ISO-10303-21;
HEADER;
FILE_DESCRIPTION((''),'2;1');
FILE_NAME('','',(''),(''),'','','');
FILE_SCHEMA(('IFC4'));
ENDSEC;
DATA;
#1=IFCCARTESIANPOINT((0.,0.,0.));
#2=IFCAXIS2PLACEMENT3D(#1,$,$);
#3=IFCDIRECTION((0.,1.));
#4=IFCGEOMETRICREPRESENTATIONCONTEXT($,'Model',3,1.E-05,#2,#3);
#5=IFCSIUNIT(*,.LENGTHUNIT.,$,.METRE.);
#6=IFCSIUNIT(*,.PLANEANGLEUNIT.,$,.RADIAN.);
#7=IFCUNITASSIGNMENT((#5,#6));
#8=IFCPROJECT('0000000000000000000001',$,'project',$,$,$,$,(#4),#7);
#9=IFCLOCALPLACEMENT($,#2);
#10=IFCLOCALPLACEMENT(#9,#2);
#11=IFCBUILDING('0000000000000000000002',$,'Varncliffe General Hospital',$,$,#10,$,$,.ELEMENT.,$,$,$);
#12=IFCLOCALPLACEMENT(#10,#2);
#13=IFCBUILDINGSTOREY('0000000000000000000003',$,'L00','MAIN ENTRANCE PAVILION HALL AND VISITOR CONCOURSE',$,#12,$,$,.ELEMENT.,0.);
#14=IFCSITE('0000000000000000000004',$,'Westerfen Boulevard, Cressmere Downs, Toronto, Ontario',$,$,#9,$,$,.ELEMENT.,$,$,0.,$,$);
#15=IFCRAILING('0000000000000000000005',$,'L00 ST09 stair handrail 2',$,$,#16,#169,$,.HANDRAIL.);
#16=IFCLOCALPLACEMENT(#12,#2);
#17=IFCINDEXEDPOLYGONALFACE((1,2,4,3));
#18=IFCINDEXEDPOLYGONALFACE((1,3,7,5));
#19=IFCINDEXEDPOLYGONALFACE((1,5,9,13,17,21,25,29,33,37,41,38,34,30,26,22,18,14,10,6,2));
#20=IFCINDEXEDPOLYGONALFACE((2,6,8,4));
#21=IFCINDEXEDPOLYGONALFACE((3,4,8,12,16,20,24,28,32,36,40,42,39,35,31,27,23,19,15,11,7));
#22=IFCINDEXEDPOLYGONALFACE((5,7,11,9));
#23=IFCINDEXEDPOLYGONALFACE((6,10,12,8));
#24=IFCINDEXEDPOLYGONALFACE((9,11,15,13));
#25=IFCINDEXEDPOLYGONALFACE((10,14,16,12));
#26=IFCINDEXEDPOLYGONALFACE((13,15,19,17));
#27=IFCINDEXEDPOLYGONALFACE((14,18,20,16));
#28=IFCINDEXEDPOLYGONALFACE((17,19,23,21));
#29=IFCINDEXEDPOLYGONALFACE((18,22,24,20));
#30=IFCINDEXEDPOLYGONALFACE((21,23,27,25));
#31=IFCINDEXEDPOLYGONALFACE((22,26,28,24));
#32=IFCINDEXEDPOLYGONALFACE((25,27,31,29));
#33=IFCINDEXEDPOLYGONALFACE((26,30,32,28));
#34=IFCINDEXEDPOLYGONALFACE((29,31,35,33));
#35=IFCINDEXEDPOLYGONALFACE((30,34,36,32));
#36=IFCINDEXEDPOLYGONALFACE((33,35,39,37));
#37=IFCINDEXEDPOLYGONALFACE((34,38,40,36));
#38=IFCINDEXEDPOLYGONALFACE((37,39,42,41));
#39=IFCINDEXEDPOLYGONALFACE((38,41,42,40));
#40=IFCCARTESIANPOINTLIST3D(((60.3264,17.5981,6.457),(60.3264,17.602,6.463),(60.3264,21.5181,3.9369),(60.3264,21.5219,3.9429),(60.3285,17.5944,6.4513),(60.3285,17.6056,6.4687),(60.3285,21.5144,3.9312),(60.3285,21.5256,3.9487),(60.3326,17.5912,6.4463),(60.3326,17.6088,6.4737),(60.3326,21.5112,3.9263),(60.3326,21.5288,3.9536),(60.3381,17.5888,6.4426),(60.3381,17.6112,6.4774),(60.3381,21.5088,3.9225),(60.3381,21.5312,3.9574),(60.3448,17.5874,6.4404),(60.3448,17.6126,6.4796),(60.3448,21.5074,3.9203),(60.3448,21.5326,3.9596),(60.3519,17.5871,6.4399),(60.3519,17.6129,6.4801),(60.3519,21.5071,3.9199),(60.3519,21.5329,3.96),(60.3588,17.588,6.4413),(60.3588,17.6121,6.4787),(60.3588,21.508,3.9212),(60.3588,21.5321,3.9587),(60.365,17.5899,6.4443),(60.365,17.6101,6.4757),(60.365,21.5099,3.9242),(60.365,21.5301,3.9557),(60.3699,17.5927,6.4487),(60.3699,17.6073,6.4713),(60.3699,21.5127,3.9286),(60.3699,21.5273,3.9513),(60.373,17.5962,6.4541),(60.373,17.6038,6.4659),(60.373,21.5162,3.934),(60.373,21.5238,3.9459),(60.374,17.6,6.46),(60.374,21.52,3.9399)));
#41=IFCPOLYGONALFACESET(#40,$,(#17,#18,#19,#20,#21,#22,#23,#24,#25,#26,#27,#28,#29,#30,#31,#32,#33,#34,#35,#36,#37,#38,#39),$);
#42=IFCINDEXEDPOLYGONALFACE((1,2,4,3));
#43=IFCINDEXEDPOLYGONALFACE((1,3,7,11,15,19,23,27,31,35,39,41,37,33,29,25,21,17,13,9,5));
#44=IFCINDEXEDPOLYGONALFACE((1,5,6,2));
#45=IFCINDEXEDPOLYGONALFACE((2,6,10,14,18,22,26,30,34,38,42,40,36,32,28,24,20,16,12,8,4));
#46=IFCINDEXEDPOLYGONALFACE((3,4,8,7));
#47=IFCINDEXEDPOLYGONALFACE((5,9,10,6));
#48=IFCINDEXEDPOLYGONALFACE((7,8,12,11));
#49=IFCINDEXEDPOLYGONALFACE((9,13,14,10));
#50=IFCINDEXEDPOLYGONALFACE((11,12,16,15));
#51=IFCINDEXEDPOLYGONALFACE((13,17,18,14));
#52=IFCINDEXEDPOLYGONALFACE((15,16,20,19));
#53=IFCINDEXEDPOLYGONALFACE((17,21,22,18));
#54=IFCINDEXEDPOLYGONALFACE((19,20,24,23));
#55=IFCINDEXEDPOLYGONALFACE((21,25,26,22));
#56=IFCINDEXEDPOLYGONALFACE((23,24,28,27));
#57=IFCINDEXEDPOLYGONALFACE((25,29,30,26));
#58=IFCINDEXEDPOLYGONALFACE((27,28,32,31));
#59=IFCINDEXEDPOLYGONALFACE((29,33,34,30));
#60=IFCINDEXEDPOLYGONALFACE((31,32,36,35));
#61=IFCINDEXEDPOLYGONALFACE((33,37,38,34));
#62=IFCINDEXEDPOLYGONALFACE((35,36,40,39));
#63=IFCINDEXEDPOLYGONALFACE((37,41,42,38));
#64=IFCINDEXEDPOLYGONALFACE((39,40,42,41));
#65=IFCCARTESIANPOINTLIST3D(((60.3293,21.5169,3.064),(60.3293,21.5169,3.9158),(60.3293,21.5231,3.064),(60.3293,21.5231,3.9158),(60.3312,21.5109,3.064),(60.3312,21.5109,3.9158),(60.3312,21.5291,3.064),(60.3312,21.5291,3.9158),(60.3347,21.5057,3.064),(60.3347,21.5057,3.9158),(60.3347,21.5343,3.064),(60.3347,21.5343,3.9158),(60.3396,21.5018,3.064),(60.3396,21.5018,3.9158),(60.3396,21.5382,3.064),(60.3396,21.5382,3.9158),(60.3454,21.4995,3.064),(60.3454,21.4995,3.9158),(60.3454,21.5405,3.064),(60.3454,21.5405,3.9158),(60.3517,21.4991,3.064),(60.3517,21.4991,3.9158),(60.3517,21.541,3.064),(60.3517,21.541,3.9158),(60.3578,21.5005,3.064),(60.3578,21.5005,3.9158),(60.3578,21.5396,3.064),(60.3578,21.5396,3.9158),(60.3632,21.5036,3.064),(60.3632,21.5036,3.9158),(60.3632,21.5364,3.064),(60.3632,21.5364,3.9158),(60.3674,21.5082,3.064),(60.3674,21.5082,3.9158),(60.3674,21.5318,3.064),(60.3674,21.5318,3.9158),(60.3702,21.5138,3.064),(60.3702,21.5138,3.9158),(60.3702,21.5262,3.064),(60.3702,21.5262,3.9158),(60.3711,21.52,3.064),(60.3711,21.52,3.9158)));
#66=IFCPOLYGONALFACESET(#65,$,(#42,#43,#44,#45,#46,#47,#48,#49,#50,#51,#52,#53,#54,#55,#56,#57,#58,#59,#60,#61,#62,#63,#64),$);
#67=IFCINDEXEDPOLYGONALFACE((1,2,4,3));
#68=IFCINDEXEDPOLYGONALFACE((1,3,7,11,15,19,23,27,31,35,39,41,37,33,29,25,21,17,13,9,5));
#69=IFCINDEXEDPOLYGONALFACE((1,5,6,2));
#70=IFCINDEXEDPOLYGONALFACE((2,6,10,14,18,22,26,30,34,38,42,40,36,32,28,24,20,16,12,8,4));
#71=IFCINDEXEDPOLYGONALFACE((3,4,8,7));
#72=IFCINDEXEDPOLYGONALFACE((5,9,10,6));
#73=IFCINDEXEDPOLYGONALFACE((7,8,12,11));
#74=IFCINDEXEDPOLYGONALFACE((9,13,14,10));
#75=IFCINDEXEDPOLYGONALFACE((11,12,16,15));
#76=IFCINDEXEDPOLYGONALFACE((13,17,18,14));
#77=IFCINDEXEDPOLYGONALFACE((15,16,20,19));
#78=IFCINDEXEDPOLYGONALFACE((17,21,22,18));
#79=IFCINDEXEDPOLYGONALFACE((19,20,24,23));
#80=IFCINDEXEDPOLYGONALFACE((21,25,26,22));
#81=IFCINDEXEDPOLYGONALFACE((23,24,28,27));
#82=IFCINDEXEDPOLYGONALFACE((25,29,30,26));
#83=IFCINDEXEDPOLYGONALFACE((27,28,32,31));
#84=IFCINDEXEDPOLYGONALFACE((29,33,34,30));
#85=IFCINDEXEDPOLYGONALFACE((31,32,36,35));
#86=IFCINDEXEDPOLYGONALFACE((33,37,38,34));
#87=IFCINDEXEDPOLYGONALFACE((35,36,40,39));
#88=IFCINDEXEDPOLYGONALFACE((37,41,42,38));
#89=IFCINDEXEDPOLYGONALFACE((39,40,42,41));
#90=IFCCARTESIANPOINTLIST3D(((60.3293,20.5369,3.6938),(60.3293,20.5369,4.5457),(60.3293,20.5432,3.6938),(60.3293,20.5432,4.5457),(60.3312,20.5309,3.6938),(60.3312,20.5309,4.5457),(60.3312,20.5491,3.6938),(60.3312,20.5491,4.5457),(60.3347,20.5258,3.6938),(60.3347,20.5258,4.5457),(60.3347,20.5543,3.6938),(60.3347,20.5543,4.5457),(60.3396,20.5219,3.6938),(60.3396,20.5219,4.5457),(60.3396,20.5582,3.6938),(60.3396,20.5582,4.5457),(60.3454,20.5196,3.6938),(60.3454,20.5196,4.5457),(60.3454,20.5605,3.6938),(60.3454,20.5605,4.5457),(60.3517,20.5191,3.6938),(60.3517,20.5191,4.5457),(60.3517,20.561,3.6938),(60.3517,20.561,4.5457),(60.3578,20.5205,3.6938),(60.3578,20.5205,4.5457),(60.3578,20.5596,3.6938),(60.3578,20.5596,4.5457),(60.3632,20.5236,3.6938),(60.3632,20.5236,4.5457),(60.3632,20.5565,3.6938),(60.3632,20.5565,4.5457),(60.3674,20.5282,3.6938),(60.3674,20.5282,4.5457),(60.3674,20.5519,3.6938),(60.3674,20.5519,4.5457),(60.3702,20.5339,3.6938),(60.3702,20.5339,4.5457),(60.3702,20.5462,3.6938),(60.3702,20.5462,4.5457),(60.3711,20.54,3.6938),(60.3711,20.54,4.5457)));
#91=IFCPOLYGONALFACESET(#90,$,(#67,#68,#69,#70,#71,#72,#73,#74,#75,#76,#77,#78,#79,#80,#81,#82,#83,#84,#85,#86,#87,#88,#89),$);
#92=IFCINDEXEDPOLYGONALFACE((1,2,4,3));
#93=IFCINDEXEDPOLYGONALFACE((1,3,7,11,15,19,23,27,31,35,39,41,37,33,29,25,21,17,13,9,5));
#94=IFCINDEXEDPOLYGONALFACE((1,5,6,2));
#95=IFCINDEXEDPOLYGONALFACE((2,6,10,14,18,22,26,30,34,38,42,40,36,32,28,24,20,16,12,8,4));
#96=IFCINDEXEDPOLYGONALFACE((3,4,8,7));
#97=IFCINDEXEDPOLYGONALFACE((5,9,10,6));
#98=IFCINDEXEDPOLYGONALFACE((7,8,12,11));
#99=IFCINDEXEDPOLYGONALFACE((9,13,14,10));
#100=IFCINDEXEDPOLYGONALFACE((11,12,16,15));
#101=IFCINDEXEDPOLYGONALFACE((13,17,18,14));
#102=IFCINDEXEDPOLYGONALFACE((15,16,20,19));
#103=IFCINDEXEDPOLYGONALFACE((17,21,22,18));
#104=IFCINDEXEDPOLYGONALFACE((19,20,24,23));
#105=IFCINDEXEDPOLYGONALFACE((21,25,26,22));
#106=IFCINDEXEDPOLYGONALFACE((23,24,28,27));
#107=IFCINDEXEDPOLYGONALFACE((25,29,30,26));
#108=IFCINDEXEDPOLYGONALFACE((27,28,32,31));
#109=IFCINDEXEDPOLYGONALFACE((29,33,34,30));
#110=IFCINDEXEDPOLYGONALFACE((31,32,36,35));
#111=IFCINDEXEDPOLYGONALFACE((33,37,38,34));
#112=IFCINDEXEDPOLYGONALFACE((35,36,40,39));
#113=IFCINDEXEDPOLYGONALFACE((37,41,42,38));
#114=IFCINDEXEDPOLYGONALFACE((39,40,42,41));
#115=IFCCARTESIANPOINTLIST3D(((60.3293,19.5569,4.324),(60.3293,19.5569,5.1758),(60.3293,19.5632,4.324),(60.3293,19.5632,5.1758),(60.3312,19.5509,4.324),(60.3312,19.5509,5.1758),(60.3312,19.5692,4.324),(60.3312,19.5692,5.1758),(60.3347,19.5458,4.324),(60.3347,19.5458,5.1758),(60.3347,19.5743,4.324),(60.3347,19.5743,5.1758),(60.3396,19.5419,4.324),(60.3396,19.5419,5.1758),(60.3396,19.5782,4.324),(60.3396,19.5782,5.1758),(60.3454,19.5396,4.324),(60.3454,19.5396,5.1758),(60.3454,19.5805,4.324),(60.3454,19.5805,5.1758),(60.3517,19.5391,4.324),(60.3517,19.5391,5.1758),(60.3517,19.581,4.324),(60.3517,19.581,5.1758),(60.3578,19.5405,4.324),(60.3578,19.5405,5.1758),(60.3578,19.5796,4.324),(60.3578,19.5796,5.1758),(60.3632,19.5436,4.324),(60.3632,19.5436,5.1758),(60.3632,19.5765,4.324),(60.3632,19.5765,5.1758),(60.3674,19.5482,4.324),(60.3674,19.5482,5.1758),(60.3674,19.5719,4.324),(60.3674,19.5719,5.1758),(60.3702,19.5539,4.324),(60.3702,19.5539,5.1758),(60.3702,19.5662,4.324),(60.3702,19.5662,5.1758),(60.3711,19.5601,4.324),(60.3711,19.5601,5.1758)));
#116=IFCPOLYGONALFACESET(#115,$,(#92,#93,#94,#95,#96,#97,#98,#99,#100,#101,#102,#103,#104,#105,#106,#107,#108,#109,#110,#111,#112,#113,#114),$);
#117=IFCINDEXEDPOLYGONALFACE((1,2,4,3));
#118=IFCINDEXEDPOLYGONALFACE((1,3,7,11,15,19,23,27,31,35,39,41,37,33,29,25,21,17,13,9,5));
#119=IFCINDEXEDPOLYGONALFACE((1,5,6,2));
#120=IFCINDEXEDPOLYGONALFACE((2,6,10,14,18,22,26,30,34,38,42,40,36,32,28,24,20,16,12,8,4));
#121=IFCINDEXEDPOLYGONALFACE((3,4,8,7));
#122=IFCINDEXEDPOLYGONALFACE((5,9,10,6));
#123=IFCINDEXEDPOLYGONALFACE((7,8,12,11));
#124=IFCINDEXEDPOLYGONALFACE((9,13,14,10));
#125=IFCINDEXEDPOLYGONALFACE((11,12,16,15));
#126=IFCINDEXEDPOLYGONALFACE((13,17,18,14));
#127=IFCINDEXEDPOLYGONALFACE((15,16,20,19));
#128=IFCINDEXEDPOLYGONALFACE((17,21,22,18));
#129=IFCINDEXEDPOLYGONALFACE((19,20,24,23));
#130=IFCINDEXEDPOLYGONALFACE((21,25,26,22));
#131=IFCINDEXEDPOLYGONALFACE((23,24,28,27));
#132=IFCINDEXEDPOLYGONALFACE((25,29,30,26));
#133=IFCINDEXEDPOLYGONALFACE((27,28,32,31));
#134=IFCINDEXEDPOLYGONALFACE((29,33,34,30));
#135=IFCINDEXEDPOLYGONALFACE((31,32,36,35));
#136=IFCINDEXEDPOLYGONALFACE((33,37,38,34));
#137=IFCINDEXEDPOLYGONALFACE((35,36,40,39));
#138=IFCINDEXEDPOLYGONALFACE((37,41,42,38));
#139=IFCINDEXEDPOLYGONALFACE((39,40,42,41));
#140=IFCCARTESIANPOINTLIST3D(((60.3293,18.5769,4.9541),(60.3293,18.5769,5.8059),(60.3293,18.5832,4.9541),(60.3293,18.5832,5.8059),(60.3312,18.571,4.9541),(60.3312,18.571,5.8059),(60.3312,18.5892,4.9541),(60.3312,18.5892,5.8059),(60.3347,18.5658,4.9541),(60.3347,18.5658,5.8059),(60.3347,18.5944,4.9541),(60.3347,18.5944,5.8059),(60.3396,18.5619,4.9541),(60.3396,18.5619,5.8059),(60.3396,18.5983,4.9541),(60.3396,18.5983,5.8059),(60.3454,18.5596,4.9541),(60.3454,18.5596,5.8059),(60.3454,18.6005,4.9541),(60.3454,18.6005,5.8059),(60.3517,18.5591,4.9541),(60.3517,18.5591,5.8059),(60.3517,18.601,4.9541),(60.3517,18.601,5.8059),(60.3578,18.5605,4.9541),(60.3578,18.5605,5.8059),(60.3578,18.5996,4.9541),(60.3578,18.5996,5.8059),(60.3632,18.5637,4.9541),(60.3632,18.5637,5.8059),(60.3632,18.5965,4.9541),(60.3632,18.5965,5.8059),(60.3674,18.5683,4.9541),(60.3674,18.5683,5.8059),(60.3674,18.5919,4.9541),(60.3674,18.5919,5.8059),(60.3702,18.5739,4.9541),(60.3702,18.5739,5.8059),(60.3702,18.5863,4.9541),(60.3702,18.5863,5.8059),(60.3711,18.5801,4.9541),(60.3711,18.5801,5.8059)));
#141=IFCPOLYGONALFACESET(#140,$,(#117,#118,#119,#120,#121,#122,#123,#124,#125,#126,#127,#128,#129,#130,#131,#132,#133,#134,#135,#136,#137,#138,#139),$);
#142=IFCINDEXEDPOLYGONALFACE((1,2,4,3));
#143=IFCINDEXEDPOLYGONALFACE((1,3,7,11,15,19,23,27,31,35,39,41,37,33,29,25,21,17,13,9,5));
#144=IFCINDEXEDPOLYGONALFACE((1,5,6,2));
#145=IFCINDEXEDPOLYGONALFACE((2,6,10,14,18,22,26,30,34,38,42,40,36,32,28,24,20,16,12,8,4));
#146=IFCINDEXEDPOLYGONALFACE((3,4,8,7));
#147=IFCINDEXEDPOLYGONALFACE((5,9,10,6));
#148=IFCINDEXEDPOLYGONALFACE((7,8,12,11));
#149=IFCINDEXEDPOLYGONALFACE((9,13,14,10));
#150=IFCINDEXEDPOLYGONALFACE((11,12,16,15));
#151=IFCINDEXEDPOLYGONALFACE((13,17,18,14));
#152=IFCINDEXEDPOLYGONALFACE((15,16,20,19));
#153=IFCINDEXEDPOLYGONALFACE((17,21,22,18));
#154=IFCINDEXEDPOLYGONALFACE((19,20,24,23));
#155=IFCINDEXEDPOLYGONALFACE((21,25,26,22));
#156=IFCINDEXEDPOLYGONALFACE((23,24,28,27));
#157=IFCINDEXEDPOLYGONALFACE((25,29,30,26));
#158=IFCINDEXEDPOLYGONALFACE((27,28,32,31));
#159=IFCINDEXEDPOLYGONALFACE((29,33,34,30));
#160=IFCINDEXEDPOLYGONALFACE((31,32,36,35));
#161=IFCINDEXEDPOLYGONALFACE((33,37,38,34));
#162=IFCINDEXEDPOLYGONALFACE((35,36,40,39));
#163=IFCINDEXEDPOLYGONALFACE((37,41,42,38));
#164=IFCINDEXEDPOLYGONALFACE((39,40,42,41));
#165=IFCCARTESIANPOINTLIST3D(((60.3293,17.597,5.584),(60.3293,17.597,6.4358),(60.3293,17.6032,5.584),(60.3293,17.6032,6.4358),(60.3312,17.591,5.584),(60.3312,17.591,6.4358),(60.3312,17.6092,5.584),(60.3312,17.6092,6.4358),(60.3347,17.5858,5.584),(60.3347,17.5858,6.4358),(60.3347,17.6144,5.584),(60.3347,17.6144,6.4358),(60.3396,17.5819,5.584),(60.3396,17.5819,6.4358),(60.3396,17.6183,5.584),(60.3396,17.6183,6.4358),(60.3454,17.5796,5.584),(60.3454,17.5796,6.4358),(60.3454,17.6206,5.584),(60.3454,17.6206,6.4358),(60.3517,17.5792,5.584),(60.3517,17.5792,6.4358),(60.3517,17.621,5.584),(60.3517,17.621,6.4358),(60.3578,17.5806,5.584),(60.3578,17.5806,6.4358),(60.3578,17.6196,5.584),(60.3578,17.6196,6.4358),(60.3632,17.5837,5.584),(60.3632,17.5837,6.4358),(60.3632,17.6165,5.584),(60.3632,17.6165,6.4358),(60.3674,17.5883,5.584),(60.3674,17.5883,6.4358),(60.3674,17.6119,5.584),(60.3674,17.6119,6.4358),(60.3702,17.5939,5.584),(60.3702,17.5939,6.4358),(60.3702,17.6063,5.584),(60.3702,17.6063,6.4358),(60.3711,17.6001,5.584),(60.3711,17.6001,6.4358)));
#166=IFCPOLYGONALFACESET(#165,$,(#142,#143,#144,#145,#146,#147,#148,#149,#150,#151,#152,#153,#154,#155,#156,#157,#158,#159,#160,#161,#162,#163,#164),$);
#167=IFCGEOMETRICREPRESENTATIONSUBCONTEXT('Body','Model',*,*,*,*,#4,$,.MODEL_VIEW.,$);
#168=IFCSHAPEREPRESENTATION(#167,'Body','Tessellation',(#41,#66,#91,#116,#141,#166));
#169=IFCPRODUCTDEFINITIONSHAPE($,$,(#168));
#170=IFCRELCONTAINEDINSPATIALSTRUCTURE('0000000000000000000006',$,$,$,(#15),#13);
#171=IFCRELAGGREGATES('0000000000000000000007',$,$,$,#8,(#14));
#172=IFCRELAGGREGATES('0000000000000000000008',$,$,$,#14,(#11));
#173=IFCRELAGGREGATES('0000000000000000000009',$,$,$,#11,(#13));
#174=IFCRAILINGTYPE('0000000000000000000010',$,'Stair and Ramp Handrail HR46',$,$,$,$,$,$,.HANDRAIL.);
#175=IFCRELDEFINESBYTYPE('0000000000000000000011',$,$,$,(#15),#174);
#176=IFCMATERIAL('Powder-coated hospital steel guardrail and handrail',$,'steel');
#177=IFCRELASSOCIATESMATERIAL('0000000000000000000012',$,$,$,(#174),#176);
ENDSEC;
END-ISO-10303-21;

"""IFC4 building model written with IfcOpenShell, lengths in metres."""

from ifc_helpers import new_model, si_unit, direction, frame, origin, origin_2d, place, context, subcontext, project, spatial, circle, extrude, material, type_object, element, save


model = new_model("IFC4")

# Units and contexts
model_context = context("Model", 3, precision=1e-05, world=origin(), true_north=direction((0.0, 1.0)))
body_context = subcontext(model_context, "Body", "Model", "MODEL_VIEW")
ifc_project = project(units=[si_unit("LENGTHUNIT", "METRE"), si_unit("PLANEANGLEUNIT", "RADIAN")], contexts=[model_context])

# Site, building, storey
site_placement = place(None, origin())
site = spatial("IfcSite", under=ifc_project, at=site_placement, Name="Westerfen Boulevard, Cressmere Downs, Toronto, Ontario", CompositionType="ELEMENT", RefElevation=0.0)
building_placement = place(site_placement, origin())
building = spatial("IfcBuilding", under=site, at=building_placement, Name="Varncliffe General Hospital", CompositionType="ELEMENT")
storey_placement = place(building_placement, origin())
storey = spatial("IfcBuildingStorey", under=building, at=storey_placement, Name="L00", Description="MAIN ENTRANCE PAVILION HALL AND VISITOR CONCOURSE", CompositionType="ELEMENT", Elevation=0.0)

# Railing
ifc_material_1 = material(Name="Powder-coated hospital steel guardrail and handrail", Category="steel")
railing_type_1 = type_object("IfcRailingType", Name="Stair and Ramp Handrail HR46", PredefinedType="HANDRAIL", material=ifc_material_1)
railing_1_placement = place(storey_placement, frame((60.3501, 21.52, 3.064)))
element("IfcRailing", 1, at=railing_1_placement, inside=storey, type_object=railing_type_1, Name="L00 ST09 stair handrail 2", PredefinedType="HANDRAIL", context=body_context, shape_type="SweptSolid", body=[
    extrude(circle(Radius=0.0239, at=origin_2d()), frame((0.0, 0.0, 0.876), z_axis=(0.0, -0.841172, 0.540768), x_axis=(1.0, 0.0, 0.0)), (0.0, 0.0, 1.0), 4.6602),
    extrude(circle(Radius=0.021, at=origin_2d()), origin(), (0.0, 0.0, 1.0), 0.8518),
    extrude(circle(Radius=0.021, at=origin_2d()), frame((0.0, -0.98, 0.6299)), (0.0, 0.0, 1.0), 0.8518),
    extrude(circle(Radius=0.021, at=origin_2d()), frame((0.0, -1.96, 1.26)), (0.0, 0.0, 1.0), 0.8518),
    extrude(circle(Radius=0.021, at=origin_2d()), frame((0.0, -2.9399, 1.8901)), (0.0, 0.0, 1.0), 0.8518),
    extrude(circle(Radius=0.021, at=origin_2d()), frame((0.0, -3.9199, 2.52)), (0.0, 0.0, 1.0), 0.8518),
])

save(model, "model.ifc")
